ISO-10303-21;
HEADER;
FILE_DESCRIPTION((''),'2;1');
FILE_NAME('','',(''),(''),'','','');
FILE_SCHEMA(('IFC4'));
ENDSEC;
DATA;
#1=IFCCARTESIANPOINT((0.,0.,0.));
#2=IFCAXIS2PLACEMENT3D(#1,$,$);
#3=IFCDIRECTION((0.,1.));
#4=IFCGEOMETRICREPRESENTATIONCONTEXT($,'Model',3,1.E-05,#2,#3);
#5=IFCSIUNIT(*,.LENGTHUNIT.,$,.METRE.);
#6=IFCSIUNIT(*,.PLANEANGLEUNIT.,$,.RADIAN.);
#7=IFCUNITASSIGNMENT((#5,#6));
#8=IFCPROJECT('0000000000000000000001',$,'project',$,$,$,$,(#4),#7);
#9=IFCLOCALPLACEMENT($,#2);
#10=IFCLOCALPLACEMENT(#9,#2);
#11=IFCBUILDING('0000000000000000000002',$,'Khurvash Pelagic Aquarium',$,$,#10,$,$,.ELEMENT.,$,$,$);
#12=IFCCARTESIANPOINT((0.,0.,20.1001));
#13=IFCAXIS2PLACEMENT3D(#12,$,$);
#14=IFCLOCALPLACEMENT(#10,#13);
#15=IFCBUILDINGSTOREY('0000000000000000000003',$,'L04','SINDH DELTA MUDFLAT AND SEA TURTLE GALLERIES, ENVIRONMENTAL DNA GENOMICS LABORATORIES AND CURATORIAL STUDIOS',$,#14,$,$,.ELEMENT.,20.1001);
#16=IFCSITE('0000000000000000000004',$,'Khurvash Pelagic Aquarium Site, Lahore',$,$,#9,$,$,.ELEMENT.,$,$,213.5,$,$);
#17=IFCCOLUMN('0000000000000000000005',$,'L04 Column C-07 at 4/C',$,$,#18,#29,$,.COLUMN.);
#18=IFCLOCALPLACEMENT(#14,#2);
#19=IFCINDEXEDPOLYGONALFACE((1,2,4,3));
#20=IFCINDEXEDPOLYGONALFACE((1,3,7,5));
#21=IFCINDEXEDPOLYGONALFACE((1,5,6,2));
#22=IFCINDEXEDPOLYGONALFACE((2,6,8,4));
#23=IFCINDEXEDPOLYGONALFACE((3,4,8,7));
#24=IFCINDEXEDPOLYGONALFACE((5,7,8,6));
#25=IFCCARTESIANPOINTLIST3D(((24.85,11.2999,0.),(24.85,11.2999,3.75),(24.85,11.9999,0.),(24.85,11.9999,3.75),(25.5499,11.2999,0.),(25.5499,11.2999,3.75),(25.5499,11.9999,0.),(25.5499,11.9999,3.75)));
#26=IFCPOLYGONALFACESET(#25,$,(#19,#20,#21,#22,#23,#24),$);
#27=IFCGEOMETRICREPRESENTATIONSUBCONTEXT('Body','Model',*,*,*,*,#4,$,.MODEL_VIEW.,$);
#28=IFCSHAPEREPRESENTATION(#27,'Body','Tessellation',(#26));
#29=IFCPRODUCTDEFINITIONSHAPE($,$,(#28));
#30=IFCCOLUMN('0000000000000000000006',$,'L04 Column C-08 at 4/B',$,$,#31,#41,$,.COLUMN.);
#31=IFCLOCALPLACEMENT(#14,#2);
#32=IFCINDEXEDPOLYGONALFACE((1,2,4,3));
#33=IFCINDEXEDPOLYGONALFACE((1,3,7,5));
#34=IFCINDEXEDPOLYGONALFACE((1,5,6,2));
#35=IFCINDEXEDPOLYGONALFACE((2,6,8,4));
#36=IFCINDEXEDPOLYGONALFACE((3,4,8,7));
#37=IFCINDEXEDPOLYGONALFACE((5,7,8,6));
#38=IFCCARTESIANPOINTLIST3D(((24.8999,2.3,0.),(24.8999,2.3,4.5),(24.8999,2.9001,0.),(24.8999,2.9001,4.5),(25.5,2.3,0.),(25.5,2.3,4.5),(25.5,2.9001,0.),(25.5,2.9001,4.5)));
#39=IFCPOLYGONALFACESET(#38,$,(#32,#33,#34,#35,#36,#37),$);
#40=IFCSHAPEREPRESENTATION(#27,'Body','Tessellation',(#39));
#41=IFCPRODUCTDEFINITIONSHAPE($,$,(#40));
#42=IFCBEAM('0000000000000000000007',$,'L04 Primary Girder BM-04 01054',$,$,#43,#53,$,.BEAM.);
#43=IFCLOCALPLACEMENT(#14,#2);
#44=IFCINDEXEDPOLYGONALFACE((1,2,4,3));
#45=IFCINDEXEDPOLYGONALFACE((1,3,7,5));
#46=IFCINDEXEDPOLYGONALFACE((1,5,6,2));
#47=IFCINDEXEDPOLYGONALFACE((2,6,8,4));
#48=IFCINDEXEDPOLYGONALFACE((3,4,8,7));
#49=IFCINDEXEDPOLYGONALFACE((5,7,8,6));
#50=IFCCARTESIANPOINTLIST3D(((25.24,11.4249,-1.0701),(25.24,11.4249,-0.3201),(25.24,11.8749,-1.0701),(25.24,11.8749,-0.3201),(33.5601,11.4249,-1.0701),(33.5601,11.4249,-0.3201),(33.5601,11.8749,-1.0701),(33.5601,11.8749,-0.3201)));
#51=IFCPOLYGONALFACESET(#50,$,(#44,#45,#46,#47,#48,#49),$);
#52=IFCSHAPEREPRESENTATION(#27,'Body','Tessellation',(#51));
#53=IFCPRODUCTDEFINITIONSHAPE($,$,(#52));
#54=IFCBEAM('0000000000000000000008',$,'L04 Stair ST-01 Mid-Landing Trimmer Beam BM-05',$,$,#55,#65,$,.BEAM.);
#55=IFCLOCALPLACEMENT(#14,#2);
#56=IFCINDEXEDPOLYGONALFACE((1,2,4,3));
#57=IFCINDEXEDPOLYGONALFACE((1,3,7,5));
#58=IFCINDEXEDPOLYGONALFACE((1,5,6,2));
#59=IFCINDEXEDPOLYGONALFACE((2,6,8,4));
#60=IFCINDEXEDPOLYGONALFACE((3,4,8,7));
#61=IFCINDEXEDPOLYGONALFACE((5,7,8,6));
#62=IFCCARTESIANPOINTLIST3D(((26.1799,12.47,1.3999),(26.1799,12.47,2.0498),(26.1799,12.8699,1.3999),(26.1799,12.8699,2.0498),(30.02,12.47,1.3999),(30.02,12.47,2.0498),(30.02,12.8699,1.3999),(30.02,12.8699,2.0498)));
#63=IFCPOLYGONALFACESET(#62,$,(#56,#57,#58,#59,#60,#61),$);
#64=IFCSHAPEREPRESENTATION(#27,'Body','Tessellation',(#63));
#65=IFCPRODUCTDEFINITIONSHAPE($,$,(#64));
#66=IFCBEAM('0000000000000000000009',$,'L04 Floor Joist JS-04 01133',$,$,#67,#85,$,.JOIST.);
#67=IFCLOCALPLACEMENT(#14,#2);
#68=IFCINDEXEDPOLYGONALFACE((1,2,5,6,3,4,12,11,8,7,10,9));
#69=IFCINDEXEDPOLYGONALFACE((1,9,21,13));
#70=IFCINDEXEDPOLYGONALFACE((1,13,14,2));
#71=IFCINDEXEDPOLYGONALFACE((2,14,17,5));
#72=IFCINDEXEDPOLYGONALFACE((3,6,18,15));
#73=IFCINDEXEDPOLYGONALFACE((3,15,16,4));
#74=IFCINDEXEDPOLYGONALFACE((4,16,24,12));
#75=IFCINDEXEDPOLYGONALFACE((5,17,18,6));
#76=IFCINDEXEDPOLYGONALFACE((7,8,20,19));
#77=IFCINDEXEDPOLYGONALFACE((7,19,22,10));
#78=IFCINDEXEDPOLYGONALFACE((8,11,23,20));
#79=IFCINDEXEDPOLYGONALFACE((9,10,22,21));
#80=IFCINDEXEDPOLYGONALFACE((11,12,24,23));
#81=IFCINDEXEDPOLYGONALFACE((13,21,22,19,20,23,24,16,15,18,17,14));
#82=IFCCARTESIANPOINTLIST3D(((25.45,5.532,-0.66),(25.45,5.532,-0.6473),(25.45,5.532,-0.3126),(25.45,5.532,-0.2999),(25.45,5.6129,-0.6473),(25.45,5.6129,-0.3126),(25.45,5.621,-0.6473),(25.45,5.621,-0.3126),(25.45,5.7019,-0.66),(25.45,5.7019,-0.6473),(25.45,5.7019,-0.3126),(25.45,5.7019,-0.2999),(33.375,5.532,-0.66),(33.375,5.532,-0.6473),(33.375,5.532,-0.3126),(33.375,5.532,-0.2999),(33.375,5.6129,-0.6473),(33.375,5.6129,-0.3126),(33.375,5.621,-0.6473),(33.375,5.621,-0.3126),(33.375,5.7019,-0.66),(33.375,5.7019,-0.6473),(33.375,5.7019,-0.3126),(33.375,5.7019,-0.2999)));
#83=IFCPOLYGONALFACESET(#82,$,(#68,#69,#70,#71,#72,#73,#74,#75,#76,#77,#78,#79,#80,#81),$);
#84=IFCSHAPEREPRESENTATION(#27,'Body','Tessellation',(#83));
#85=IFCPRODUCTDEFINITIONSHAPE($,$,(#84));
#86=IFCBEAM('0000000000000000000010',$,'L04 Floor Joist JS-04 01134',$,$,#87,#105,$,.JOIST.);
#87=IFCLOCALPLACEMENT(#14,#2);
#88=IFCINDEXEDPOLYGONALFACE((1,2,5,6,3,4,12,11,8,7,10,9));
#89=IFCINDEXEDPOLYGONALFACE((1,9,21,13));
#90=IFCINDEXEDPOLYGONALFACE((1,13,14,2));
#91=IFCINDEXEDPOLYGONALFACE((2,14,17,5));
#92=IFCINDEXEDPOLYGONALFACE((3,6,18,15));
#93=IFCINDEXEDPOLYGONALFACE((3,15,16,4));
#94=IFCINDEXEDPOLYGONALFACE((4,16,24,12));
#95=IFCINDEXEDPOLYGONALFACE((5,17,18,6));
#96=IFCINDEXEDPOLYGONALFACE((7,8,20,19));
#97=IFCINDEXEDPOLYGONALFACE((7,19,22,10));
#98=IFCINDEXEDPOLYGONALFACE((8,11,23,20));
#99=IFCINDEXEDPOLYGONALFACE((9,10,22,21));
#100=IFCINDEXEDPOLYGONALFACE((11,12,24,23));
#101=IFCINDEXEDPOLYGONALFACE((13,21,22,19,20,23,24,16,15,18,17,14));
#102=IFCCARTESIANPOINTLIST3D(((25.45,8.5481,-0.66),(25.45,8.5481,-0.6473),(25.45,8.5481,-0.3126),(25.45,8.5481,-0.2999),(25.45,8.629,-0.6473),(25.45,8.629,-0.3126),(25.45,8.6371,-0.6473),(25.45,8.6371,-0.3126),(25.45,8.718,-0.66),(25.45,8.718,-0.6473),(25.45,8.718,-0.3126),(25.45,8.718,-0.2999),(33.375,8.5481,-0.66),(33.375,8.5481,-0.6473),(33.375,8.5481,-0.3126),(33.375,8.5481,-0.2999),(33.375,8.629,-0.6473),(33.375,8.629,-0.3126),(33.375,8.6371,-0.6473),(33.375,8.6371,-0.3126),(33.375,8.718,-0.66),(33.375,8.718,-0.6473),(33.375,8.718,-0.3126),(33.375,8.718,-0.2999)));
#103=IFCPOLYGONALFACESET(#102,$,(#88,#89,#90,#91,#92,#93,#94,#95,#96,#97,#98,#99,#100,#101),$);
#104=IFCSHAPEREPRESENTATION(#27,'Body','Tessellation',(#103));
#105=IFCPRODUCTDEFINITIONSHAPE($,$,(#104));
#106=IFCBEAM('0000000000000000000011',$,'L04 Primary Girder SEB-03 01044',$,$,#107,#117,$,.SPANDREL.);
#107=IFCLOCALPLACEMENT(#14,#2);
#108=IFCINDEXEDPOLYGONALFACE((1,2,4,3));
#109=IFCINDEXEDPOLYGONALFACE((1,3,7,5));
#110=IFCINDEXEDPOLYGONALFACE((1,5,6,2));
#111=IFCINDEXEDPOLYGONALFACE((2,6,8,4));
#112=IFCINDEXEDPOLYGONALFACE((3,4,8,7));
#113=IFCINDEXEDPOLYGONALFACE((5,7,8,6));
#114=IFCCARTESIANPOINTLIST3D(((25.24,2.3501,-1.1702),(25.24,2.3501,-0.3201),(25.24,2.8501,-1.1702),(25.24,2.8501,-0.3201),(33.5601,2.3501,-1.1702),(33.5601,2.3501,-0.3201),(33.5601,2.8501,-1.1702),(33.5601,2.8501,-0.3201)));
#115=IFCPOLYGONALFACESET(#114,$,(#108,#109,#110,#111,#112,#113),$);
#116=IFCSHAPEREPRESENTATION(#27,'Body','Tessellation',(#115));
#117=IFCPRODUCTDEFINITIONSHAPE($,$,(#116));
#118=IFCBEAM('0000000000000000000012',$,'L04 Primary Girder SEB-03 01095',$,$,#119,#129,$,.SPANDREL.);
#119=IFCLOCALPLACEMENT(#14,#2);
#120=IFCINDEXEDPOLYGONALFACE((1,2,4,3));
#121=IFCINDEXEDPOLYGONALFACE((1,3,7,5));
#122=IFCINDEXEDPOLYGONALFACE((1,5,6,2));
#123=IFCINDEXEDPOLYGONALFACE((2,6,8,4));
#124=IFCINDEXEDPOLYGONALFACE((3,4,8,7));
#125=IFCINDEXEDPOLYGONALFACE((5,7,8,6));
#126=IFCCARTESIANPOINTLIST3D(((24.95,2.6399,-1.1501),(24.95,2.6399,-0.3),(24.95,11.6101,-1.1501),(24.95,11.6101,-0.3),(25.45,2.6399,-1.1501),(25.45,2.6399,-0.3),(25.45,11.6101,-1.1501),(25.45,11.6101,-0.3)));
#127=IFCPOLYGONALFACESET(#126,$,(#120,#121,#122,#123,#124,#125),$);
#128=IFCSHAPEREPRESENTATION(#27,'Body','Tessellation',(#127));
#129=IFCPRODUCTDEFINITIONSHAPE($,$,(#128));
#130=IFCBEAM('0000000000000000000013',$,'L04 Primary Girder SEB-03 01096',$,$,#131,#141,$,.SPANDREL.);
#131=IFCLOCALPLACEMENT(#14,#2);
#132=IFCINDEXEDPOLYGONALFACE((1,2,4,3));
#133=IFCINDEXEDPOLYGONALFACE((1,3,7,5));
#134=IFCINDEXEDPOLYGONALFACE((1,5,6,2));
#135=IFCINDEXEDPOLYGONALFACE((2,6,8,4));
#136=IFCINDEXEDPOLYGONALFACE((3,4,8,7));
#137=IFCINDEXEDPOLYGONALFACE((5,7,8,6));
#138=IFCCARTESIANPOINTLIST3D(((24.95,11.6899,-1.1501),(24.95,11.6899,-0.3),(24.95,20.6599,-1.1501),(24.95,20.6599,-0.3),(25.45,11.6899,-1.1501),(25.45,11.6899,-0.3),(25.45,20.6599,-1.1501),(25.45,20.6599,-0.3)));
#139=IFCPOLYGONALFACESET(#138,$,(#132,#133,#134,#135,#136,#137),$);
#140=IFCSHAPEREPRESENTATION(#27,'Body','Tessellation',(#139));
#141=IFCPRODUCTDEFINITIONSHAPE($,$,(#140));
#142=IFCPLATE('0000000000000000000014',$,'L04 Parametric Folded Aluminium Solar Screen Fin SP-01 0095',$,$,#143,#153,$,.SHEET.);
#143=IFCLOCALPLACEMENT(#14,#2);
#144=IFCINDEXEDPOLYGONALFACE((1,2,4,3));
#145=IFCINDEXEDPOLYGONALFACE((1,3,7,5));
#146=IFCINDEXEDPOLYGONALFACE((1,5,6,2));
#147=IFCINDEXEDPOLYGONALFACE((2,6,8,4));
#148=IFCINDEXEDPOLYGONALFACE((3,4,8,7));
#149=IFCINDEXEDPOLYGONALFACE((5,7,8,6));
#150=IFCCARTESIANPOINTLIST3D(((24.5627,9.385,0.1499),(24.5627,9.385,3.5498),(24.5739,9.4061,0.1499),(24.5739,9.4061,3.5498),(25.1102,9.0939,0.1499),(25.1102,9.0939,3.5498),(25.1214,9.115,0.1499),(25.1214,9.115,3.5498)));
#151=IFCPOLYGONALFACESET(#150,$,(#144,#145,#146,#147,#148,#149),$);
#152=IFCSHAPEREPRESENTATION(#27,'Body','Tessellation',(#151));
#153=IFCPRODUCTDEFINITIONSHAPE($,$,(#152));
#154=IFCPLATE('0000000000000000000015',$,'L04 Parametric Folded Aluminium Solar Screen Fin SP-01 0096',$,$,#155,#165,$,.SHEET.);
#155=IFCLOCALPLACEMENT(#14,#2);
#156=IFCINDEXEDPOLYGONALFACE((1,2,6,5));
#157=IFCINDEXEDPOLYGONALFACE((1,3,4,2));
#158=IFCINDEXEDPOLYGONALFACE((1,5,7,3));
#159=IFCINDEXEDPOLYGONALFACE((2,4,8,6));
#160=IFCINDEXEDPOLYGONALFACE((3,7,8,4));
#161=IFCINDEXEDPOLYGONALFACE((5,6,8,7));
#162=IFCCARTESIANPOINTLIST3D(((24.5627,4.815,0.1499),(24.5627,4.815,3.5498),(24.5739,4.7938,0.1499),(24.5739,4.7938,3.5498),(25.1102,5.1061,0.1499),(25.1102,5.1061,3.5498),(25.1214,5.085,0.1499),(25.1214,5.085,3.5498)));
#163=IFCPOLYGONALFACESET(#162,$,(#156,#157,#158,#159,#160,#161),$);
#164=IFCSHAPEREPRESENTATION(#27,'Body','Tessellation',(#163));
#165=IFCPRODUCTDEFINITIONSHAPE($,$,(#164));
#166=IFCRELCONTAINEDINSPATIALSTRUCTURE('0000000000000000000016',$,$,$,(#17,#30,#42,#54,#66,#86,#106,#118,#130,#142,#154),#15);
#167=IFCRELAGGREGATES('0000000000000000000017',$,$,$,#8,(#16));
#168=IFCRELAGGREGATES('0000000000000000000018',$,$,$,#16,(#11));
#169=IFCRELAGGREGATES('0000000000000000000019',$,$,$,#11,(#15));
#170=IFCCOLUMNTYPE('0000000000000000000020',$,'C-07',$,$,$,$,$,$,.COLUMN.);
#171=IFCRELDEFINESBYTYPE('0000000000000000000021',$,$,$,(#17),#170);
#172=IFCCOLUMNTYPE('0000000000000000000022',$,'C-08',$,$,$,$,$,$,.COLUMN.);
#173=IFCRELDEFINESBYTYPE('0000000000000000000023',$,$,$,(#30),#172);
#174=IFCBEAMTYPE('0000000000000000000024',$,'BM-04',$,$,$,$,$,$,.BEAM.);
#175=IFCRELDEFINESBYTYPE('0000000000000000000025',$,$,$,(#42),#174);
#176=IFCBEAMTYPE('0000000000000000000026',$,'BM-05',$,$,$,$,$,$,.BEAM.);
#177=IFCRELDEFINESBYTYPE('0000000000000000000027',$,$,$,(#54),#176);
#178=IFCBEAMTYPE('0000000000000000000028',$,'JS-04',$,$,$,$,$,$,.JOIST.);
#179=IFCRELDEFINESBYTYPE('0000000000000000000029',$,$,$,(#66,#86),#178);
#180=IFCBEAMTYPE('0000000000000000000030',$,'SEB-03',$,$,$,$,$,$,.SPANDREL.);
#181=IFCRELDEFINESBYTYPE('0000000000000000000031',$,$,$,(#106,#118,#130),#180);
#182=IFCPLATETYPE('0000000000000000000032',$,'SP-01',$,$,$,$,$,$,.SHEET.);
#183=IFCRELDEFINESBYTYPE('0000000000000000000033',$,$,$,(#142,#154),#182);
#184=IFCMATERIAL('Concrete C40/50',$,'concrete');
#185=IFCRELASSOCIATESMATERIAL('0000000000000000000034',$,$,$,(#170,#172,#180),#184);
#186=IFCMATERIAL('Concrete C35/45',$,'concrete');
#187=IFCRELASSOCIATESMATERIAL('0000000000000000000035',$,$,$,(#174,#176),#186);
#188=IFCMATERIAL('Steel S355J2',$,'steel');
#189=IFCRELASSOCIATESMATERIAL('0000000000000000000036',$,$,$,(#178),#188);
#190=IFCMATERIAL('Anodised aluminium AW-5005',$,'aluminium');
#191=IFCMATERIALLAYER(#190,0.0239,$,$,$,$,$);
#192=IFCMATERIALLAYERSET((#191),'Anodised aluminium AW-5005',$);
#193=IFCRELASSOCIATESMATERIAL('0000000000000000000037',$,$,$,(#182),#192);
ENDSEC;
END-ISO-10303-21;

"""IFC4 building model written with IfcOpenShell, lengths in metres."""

from ifc_helpers import new_model, si_unit, direction, frame, origin, origin_2d, place, context, subcontext, project, spatial, rectangle, i_section, extrude, material, layer, layer_set, material_profile, profile_set, type_object, element, save


model = new_model("IFC4")

# Units and contexts
model_context = context("Model", 3, precision=1e-05, world=origin(), true_north=direction((0.0, 1.0)))
body_context = subcontext(model_context, "Body", "Model", "MODEL_VIEW")
ifc_project = project(units=[si_unit("LENGTHUNIT", "METRE"), si_unit("PLANEANGLEUNIT", "RADIAN")], contexts=[model_context])

# Site, building, storey
site_placement = place(None, origin())
site = spatial("IfcSite", under=ifc_project, at=site_placement, Name="Khurvash Pelagic Aquarium Site, Lahore", CompositionType="ELEMENT", RefElevation=213.5)
building_placement = place(site_placement, origin())
building = spatial("IfcBuilding", under=site, at=building_placement, Name="Khurvash Pelagic Aquarium", CompositionType="ELEMENT")
storey_placement = place(building_placement, frame((0.0, 0.0, 20.1001)))
storey = spatial("IfcBuildingStorey", under=building, at=storey_placement, Name="L04", Description="SINDH DELTA MUDFLAT AND SEA TURTLE GALLERIES, ENVIRONMENTAL DNA GENOMICS LABORATORIES AND CURATORIAL STUDIOS", CompositionType="ELEMENT", Elevation=20.1001)

# Columns
ifc_material_1 = material(Name="Concrete C40/50", Category="concrete")
ifc_material_profile_1 = material_profile(ifc_material_1, rectangle(XDim=0.7, YDim=0.7, at=origin_2d()), Name="RC700X700")
ifc_profile_set_1 = profile_set([ifc_material_profile_1], Name="Concrete C40/50")
column_type_1 = type_object("IfcColumnType", Name="C-07", PredefinedType="COLUMN", material=ifc_profile_set_1)
column_1_placement = place(storey_placement, frame((25.2, 11.6499, 0.0), z_axis=(0.0, 0.0, 1.0), x_axis=(1.0, 0.0, 0.0)))
element("IfcColumn", 1, at=column_1_placement, inside=storey, type_object=column_type_1, Name="L04 Column C-07 at 4/C", PredefinedType="COLUMN", context=body_context, shape_type="SweptSolid", body=[
    extrude(rectangle(XDim=0.7, YDim=0.7, at=origin_2d()), origin(), (0.0, 0.0, 1.0), 3.75),
])
ifc_material_profile_2 = material_profile(ifc_material_1, rectangle(XDim=0.6001, YDim=0.6001, at=origin_2d()), Name="RC600X600")
ifc_profile_set_2 = profile_set([ifc_material_profile_2], Name="Concrete C40/50")
column_type_2 = type_object("IfcColumnType", Name="C-08", PredefinedType="COLUMN", material=ifc_profile_set_2)
column_2_placement = place(storey_placement, frame((25.2, 2.6001, 0.0), z_axis=(0.0, 0.0, 1.0), x_axis=(1.0, 0.0, 0.0)))
element("IfcColumn", 2, at=column_2_placement, inside=storey, type_object=column_type_2, Name="L04 Column C-08 at 4/B", PredefinedType="COLUMN", context=body_context, shape_type="SweptSolid", body=[
    extrude(rectangle(XDim=0.6001, YDim=0.6001, at=origin_2d()), origin(), (0.0, 0.0, 1.0), 4.5),
])

# Beams
ifc_material_2 = material(Name="Concrete C35/45", Category="concrete")
ifc_material_profile_3 = material_profile(ifc_material_2, rectangle(XDim=0.45, YDim=0.75, at=origin_2d()), Name="RC450X750")
ifc_profile_set_3 = profile_set([ifc_material_profile_3], Name="Concrete C35/45")
beam_type_1 = type_object("IfcBeamType", Name="BM-04", PredefinedType="BEAM", material=ifc_profile_set_3)
beam_1_placement = place(storey_placement, frame((25.24, 11.6499, -0.6951), z_axis=(1.0, 0.0, 0.0), x_axis=(0.0, 1.0, 0.0)))
element("IfcBeam", 3, at=beam_1_placement, inside=storey, type_object=beam_type_1, Name="L04 Primary Girder BM-04 01054", PredefinedType="BEAM", context=body_context, shape_type="SweptSolid", body=[
    extrude(rectangle(XDim=0.45, YDim=0.75, at=origin_2d()), origin(), (0.0, 0.0, 1.0), 8.3201),
])
ifc_material_profile_4 = material_profile(ifc_material_2, rectangle(XDim=0.3999, YDim=0.6499, at=origin_2d()), Name="RC400X650")
ifc_profile_set_4 = profile_set([ifc_material_profile_4], Name="Concrete C35/45")
beam_type_2 = type_object("IfcBeamType", Name="BM-05", PredefinedType="BEAM", material=ifc_profile_set_4)
beam_2_placement = place(storey_placement, frame((26.1799, 12.6699, 1.7249), z_axis=(1.0, 0.0, 0.0), x_axis=(0.0, 1.0, 0.0)))
element("IfcBeam", 4, at=beam_2_placement, inside=storey, type_object=beam_type_2, Name="L04 Stair ST-01 Mid-Landing Trimmer Beam BM-05", PredefinedType="BEAM", context=body_context, shape_type="SweptSolid", body=[
    extrude(rectangle(XDim=0.3999, YDim=0.6499, at=origin_2d()), origin(), (0.0, 0.0, 1.0), 3.8401),
])
ifc_material_3 = material(Name="Steel S355J2", Category="steel")
ifc_material_profile_5 = material_profile(ifc_material_3, i_section(OverallWidth=0.1699, OverallDepth=0.3601, WebThickness=0.0081, FlangeThickness=0.0127, at=origin_2d()), Name="IPE360")
ifc_profile_set_5 = profile_set([ifc_material_profile_5], Name="Steel S355J2")
beam_type_3 = type_object("IfcBeamType", Name="JS-04", PredefinedType="JOIST", material=ifc_profile_set_5)
for number, where, z_axis, x_axis, name in (
    (5, (25.45, 5.6169, -0.48), (1.0, 0.0, 0.0), (0.0, 1.0, 0.0), "L04 Floor Joist JS-04 01133"),
    (6, (25.45, 8.6331, -0.48), (1.0, 0.0, 0.0), (0.0, 1.0, 0.0), "L04 Floor Joist JS-04 01134"),
):
    element("IfcBeam", number, at=place(storey_placement, frame(where, z_axis=z_axis, x_axis=x_axis)), inside=storey, type_object=beam_type_3, Name=name, PredefinedType="JOIST", context=body_context, shape_type="SweptSolid", body=[
        extrude(i_section(OverallWidth=0.1699, OverallDepth=0.3601, WebThickness=0.0081, FlangeThickness=0.0127, at=origin_2d()), origin(), (0.0, 0.0, 1.0), 7.925),
    ])
ifc_material_profile_6 = material_profile(ifc_material_1, rectangle(XDim=0.5, YDim=0.8501, at=origin_2d()), Name="RC500X850")
ifc_profile_set_6 = profile_set([ifc_material_profile_6], Name="Concrete C40/50")
beam_type_4 = type_object("IfcBeamType", Name="SEB-03", PredefinedType="SPANDREL", material=ifc_profile_set_6)
beam_3_placement = place(storey_placement, frame((25.24, 2.6001, -0.7451), z_axis=(1.0, 0.0, 0.0), x_axis=(0.0, 1.0, 0.0)))
element("IfcBeam", 7, at=beam_3_placement, inside=storey, type_object=beam_type_4, Name="L04 Primary Girder SEB-03 01044", PredefinedType="SPANDREL", context=body_context, shape_type="SweptSolid", body=[
    extrude(rectangle(XDim=0.5, YDim=0.8501, at=origin_2d()), origin(), (0.0, 0.0, 1.0), 8.3201),
])
beam_4_placement = place(storey_placement, frame((25.2, 2.6399, -0.7251), z_axis=(0.0, 1.0, 0.0), x_axis=(-1.0, 0.0, 0.0)))
element("IfcBeam", 8, at=beam_4_placement, inside=storey, type_object=beam_type_4, Name="L04 Primary Girder SEB-03 01095", PredefinedType="SPANDREL", context=body_context, shape_type="SweptSolid", body=[
    extrude(rectangle(XDim=0.5, YDim=0.8501, at=origin_2d()), origin(), (0.0, 0.0, 1.0), 8.9702),
])
beam_5_placement = place(storey_placement, frame((25.2, 11.6899, -0.7251), z_axis=(0.0, 1.0, 0.0), x_axis=(-1.0, 0.0, 0.0)))
element("IfcBeam", 9, at=beam_5_placement, inside=storey, type_object=beam_type_4, Name="L04 Primary Girder SEB-03 01096", PredefinedType="SPANDREL", context=body_context, shape_type="SweptSolid", body=[
    extrude(rectangle(XDim=0.5, YDim=0.8501, at=origin_2d()), origin(), (0.0, 0.0, 1.0), 8.97),
])

# Plates
ifc_material_4 = material(Name="Anodised aluminium AW-5005", Category="aluminium")
ifc_layer_1 = layer(ifc_material_4, 0.0239)
ifc_layer_set_1 = layer_set([ifc_layer_1], Name="Anodised aluminium AW-5005")
plate_type = type_object("IfcPlateType", Name="SP-01", PredefinedType="SHEET", material=ifc_layer_set_1)
for number, where, z_axis, x_axis, name in (
    (10, (24.842, 9.25, 0.1499), (0.0, 0.0, 1.0), (-0.882948, 0.469472, 0.0), "L04 Parametric Folded Aluminium Solar Screen Fin SP-01 0095"),
    (11, (24.842, 4.95, 0.1499), (0.0, 0.0, 1.0), (-0.882948, -0.469472, 0.0), "L04 Parametric Folded Aluminium Solar Screen Fin SP-01 0096"),
):
    element("IfcPlate", number, at=place(storey_placement, frame(where, z_axis=z_axis, x_axis=x_axis)), inside=storey, type_object=plate_type, Name=name, PredefinedType="SHEET", context=body_context, shape_type="SweptSolid", body=[
        extrude(rectangle(XDim=0.6201, YDim=0.0239, at=origin_2d()), origin(), (0.0, 0.0, 1.0), 3.3999),
    ])

save(model, "model.ifc")
